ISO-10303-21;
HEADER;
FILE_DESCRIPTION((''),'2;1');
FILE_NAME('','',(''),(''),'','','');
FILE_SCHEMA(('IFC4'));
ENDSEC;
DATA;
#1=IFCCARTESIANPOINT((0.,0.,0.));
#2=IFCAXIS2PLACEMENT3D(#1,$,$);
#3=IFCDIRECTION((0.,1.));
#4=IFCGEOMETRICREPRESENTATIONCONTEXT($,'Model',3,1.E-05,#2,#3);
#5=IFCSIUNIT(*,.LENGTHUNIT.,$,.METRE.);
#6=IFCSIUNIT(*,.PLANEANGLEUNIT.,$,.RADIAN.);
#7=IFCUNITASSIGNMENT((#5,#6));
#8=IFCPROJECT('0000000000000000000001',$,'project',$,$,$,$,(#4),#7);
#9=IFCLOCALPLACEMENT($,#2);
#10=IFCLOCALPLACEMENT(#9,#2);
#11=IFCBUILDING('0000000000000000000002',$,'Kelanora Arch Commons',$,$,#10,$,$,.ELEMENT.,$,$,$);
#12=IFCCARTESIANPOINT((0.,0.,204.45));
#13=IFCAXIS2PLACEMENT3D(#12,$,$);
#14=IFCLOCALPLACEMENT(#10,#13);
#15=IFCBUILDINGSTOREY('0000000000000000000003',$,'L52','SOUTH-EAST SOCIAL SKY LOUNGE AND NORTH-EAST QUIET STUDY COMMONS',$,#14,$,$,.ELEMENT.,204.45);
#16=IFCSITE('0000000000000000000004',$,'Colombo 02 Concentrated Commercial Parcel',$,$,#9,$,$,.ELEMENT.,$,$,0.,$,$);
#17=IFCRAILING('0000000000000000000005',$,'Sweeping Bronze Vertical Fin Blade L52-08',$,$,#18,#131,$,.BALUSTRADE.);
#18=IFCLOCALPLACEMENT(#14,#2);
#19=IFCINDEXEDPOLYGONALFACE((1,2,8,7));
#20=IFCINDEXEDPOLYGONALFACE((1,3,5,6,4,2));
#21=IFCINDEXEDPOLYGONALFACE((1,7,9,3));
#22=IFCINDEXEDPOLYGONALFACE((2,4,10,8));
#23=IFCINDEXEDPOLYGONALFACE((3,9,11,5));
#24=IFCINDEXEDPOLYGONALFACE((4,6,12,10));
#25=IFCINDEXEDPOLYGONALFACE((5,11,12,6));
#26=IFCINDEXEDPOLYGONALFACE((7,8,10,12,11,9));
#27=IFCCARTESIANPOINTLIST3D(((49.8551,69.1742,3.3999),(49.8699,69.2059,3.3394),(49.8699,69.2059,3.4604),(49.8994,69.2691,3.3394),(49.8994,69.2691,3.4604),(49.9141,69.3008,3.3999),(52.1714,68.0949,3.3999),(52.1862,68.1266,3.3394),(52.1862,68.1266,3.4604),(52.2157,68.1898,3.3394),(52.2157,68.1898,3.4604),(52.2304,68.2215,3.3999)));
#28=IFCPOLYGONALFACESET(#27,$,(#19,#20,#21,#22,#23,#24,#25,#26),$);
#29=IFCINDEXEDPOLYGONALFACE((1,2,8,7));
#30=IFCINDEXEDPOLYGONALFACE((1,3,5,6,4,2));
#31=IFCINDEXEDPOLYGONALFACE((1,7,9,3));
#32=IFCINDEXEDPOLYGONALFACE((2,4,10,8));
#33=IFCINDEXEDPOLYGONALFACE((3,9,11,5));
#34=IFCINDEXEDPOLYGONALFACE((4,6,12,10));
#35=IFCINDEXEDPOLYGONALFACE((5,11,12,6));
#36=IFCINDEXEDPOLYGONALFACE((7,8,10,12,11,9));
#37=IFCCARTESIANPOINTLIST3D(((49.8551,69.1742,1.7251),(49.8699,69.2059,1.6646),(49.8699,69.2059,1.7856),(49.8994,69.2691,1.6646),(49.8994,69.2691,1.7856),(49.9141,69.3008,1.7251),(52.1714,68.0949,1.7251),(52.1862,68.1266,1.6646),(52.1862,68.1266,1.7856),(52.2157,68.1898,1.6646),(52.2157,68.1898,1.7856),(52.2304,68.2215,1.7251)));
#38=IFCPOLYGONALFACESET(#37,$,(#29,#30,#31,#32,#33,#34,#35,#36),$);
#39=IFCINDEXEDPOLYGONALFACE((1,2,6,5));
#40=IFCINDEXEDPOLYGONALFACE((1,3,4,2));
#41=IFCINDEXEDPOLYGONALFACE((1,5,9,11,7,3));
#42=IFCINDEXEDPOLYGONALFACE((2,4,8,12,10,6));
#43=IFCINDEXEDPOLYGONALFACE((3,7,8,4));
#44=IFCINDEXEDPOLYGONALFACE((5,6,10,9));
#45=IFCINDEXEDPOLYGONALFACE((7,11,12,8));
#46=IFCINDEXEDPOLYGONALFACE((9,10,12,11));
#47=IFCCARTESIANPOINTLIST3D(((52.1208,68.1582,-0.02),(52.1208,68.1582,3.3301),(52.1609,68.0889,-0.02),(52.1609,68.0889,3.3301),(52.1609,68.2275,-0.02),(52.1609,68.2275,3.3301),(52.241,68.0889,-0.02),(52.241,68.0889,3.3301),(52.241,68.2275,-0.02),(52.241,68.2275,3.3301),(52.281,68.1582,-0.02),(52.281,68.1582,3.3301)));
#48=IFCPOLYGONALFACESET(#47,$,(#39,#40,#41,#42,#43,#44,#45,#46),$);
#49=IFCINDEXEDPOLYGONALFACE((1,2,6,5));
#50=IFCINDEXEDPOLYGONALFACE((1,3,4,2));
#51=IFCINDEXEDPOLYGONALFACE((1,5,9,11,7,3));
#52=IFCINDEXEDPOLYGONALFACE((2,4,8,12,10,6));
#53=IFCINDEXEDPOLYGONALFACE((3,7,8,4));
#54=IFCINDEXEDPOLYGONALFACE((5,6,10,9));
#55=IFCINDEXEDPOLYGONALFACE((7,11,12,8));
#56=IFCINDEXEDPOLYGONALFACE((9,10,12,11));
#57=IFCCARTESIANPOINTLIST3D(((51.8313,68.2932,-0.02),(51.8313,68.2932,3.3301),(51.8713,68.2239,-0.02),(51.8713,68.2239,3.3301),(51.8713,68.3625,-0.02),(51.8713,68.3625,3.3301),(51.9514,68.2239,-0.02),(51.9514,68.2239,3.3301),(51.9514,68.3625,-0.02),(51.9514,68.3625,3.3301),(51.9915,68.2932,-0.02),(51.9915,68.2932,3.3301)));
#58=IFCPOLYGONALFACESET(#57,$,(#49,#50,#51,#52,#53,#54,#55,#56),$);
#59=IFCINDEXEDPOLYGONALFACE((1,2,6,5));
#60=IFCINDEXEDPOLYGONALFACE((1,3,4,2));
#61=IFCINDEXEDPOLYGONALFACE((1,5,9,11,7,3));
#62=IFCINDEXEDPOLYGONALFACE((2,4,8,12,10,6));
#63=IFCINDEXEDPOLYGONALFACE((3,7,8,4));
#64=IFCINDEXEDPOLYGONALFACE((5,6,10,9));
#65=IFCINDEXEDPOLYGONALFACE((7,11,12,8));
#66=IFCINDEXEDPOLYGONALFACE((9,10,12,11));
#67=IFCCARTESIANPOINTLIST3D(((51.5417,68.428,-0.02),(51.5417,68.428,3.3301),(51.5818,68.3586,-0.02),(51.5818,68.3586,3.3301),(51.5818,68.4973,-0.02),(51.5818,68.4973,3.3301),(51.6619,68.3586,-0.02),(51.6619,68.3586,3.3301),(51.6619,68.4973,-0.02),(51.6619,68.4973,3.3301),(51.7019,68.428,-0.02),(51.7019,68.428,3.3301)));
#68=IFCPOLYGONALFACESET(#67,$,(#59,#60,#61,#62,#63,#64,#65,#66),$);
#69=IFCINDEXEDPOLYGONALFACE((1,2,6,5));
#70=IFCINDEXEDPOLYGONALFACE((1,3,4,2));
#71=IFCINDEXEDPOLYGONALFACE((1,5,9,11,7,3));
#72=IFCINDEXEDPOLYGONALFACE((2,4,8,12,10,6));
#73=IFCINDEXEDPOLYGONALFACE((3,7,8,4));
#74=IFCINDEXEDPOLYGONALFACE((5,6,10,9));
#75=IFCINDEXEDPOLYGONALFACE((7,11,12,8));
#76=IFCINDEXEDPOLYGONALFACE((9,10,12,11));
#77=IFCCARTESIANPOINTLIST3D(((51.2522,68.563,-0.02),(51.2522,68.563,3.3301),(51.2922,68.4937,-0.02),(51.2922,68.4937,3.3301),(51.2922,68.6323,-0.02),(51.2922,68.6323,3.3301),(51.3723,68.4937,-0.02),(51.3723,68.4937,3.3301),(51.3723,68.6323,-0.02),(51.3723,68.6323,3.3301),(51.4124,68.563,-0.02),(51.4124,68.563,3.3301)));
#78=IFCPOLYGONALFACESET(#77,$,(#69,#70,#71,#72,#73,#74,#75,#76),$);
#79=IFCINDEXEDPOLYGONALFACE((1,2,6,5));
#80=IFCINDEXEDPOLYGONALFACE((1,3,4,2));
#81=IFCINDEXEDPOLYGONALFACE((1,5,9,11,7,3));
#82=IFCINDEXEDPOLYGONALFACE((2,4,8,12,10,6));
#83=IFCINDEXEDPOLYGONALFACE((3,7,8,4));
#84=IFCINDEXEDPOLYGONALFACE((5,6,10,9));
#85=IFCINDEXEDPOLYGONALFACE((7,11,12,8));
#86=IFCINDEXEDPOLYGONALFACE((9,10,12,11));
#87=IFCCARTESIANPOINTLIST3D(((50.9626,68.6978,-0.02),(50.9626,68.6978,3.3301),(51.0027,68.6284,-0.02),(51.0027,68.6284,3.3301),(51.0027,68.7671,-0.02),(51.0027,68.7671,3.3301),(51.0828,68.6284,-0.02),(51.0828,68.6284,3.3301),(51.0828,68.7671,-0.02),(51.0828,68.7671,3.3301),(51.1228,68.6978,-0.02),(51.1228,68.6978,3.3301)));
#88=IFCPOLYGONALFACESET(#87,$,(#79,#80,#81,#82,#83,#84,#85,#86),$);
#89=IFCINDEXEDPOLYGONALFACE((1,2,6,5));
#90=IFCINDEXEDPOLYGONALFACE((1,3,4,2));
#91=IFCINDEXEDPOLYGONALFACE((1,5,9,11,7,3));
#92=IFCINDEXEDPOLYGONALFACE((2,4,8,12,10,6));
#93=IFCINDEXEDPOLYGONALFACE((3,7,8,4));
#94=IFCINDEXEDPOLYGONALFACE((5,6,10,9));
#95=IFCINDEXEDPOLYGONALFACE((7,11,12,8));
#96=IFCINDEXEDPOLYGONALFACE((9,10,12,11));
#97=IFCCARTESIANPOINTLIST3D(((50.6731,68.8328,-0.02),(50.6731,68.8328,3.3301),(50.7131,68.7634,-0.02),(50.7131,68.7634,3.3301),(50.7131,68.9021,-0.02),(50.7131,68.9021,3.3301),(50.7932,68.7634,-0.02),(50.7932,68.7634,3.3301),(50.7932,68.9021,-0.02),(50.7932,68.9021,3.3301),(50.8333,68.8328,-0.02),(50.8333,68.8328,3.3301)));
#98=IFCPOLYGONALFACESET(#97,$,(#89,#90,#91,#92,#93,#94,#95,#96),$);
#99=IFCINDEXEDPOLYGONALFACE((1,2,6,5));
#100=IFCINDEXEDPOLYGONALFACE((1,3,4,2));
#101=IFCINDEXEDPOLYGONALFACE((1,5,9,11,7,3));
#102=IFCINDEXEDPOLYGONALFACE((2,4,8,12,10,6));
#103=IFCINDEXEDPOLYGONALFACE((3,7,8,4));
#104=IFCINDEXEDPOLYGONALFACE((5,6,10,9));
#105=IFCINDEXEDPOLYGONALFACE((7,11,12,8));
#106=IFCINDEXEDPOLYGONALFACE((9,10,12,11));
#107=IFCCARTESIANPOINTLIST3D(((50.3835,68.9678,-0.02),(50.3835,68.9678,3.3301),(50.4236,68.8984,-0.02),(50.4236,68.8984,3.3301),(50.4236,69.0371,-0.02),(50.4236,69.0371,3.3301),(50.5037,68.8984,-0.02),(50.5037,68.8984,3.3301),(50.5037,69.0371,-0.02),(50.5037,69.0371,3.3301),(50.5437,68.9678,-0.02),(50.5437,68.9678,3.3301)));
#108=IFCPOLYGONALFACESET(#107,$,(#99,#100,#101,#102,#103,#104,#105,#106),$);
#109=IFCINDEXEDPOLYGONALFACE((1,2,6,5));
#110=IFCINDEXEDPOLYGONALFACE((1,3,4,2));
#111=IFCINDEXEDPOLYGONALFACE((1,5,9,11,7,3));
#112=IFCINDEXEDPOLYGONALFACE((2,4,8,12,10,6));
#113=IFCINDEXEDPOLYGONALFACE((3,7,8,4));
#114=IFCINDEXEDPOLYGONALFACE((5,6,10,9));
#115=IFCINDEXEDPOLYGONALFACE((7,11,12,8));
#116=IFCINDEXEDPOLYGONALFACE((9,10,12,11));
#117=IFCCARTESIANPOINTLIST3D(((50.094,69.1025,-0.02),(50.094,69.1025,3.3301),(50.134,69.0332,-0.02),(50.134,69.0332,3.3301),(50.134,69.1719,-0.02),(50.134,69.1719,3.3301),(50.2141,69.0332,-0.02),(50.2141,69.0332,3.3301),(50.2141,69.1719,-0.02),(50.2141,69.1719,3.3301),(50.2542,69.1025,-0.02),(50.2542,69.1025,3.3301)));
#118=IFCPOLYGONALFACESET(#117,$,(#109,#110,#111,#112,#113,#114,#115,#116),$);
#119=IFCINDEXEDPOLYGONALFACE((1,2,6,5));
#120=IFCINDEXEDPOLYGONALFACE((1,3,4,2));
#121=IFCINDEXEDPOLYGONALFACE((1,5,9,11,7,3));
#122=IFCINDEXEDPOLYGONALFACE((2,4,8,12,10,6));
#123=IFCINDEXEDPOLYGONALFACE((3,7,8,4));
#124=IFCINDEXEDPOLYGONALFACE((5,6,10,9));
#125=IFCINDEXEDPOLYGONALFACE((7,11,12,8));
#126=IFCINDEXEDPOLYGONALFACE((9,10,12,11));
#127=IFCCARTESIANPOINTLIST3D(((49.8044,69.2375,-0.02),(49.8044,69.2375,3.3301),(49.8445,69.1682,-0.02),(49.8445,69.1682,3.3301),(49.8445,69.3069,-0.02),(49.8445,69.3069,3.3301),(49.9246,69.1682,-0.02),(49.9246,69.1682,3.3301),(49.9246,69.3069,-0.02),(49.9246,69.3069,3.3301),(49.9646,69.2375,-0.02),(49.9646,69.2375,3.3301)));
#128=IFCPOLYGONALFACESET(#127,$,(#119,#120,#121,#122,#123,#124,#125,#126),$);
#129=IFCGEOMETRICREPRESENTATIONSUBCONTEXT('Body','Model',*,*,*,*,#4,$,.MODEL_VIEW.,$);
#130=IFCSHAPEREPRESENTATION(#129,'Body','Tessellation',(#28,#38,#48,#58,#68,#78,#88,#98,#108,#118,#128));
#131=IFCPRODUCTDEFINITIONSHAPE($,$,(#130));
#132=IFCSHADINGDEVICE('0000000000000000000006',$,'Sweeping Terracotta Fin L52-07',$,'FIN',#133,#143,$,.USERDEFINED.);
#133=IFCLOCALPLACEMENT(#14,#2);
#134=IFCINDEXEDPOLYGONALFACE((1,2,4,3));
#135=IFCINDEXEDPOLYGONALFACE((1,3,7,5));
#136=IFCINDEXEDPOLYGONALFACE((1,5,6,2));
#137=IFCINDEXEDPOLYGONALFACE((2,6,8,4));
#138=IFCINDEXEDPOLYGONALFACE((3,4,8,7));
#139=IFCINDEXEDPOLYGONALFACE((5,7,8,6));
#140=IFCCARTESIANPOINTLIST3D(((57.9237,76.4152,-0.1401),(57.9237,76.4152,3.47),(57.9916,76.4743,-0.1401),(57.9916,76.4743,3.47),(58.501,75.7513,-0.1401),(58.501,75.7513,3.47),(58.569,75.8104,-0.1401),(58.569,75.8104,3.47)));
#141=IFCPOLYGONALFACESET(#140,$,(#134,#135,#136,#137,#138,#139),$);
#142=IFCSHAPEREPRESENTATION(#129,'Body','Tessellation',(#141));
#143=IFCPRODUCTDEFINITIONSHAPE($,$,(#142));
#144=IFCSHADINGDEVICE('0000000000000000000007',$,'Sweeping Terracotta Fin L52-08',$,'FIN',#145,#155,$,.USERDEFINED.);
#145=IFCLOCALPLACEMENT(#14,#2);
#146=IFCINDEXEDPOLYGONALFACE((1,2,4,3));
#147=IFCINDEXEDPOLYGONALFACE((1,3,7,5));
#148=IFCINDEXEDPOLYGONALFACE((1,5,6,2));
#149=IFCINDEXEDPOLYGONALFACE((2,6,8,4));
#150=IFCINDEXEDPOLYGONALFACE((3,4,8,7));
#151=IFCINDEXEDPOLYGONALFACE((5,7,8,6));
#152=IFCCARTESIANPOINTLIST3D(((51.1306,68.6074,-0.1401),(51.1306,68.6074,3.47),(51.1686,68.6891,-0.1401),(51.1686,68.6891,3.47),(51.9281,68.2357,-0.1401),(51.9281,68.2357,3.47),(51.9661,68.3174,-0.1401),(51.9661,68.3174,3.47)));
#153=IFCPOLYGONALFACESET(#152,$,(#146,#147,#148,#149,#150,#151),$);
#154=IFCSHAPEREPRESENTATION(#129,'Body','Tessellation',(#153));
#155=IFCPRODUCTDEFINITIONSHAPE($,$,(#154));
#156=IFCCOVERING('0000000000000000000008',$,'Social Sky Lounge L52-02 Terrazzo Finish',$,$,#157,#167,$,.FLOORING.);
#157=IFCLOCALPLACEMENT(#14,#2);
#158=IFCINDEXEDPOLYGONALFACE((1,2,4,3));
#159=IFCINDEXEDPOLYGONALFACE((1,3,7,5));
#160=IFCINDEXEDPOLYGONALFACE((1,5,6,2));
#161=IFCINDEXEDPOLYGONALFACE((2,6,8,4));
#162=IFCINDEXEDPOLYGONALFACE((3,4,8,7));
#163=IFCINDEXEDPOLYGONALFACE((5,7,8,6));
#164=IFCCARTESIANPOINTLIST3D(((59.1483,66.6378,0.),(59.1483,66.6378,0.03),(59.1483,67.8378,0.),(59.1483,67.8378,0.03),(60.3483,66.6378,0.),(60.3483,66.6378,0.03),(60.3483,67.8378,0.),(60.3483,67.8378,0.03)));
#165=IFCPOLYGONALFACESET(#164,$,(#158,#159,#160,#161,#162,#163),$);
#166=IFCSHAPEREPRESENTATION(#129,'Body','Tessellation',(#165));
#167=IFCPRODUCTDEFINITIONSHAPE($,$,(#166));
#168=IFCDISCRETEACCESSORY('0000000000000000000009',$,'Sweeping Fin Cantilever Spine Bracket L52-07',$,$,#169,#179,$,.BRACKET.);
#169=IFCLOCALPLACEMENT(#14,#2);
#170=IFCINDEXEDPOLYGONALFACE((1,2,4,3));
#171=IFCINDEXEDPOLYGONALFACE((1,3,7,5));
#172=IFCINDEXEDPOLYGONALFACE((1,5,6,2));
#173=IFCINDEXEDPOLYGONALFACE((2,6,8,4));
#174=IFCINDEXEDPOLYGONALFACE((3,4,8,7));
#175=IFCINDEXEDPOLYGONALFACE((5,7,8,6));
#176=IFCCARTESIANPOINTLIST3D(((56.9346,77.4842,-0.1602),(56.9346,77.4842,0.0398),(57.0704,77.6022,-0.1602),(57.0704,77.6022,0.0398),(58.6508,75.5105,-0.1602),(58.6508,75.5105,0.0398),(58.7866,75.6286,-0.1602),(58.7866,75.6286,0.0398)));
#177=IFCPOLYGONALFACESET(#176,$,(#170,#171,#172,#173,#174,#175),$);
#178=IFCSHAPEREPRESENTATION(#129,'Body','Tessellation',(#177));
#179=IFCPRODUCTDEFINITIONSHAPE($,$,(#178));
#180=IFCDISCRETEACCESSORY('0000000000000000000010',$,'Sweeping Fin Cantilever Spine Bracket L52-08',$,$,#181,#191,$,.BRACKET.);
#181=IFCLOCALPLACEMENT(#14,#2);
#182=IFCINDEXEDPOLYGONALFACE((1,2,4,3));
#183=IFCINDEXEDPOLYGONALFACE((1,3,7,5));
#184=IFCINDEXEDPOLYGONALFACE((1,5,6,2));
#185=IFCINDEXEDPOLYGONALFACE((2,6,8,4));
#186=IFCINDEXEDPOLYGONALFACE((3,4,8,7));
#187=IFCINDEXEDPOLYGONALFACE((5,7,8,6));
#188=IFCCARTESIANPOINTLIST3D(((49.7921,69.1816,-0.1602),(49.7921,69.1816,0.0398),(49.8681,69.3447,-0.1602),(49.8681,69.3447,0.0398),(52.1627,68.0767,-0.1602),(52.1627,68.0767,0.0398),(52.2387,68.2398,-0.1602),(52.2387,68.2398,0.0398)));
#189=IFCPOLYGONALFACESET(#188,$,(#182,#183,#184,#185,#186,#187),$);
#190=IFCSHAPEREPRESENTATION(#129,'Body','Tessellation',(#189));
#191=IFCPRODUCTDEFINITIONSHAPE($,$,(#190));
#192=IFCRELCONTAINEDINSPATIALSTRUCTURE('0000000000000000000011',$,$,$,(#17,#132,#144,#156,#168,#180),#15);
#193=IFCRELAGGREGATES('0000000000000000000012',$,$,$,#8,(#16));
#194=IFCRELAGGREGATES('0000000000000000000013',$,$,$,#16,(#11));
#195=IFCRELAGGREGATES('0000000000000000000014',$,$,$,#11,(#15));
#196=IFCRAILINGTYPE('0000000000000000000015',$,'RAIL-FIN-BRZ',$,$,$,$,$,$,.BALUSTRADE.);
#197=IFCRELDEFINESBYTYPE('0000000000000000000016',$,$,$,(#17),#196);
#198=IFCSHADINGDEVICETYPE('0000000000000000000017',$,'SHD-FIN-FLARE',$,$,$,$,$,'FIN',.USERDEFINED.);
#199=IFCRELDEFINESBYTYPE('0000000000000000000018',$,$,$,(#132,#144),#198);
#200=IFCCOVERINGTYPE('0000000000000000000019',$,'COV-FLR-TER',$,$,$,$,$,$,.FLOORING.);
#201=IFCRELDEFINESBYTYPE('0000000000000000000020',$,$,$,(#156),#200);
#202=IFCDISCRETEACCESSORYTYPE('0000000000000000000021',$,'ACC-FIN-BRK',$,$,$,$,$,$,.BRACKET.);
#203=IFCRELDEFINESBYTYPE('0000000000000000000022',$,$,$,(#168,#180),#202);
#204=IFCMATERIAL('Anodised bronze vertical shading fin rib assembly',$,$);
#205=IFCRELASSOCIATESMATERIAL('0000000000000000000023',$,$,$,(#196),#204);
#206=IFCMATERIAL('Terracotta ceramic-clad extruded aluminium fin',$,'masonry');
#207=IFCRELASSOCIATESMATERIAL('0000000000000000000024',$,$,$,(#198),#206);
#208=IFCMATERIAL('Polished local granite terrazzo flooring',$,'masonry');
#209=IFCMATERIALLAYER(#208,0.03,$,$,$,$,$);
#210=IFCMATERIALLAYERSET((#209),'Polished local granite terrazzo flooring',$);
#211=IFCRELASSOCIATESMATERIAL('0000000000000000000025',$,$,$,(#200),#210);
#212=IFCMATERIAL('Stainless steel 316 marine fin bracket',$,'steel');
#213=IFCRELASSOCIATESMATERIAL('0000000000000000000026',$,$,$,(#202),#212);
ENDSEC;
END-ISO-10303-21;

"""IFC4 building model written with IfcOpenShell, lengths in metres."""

from ifc_helpers import new_model, si_unit, direction, frame, origin, origin_2d, place, context, subcontext, project, spatial, polyline, rectangle, outline, extrude, source, transform, mapped, material, layer, layer_set, type_object, element, save


model = new_model("IFC4")

# Units and contexts
model_context = context("Model", 3, precision=1e-05, world=origin(), true_north=direction((0.0, 1.0)))
body_context = subcontext(model_context, "Body", "Model", "MODEL_VIEW")
ifc_project = project(units=[si_unit("LENGTHUNIT", "METRE"), si_unit("PLANEANGLEUNIT", "RADIAN")], contexts=[model_context])

# Site, building, storey
site_placement = place(None, origin())
site = spatial("IfcSite", under=ifc_project, at=site_placement, Name="Colombo 02 Concentrated Commercial Parcel", CompositionType="ELEMENT", RefElevation=0.0)
building_placement = place(site_placement, origin())
building = spatial("IfcBuilding", under=site, at=building_placement, Name="Kelanora Arch Commons", CompositionType="ELEMENT")
storey_placement = place(building_placement, frame((0.0, 0.0, 204.45)))
storey = spatial("IfcBuildingStorey", under=building, at=storey_placement, Name="L52", Description="SOUTH-EAST SOCIAL SKY LOUNGE AND NORTH-EAST QUIET STUDY COMMONS", CompositionType="ELEMENT", Elevation=204.45)

# Railing
ifc_material_1 = material(Name="Anodised bronze vertical shading fin rib assembly")
railing_type = type_object("IfcRailingType", Name="RAIL-FIN-BRZ", PredefinedType="BALUSTRADE", material=ifc_material_1)
railing_1_placement = place(storey_placement, frame((52.2009, 68.1582, -0.02)))
element("IfcRailing", 1, at=railing_1_placement, inside=storey, type_object=railing_type, Name="Sweeping Bronze Vertical Fin Blade L52-08", PredefinedType="BALUSTRADE", context=body_context, shape_type="SweptSolid", body=[
    extrude(outline(polyline([(0.0698, 0.0), (0.0349, 0.0605), (-0.0349, 0.0605), (-0.0698, 0.0), (-0.0349, -0.0605), (0.0349, -0.0605), (0.0698, 0.0)])), frame((0.0, 0.0, 3.4199), z_axis=(-0.906429, 0.422357, 0.0), x_axis=(-0.422357, -0.906429, 0.0)), (0.0, 0.0, 1.0), 2.5554),
    extrude(outline(polyline([(0.0698, 0.0), (0.0349, 0.0605), (-0.0349, 0.0605), (-0.0698, 0.0), (-0.0349, -0.0605), (0.0349, -0.0605), (0.0698, 0.0)])), frame((0.0, 0.0, 1.7451), z_axis=(-0.906429, 0.422357, 0.0), x_axis=(-0.422357, -0.906429, 0.0)), (0.0, 0.0, 1.0), 2.5554),
    extrude(outline(polyline([(0.0801, 0.0), (0.04, 0.0693), (-0.04, 0.0693), (-0.0801, 0.0), (-0.04, -0.0693), (0.04, -0.0693), (0.0801, 0.0)])), origin(), (0.0, 0.0, 1.0), 3.3501),
    extrude(outline(polyline([(0.0801, 0.0), (0.04, 0.0693), (-0.04, 0.0693), (-0.0801, 0.0), (-0.04, -0.0693), (0.04, -0.0693), (0.0801, 0.0)])), frame((-0.2896, 0.135, 0.0)), (0.0, 0.0, 1.0), 3.3501),
    extrude(outline(polyline([(0.0801, 0.0), (0.04, 0.0693), (-0.04, 0.0693), (-0.0801, 0.0), (-0.04, -0.0693), (0.04, -0.0693), (0.0801, 0.0)])), frame((-0.5791, 0.2698, 0.0)), (0.0, 0.0, 1.0), 3.3501),
    extrude(outline(polyline([(0.0801, 0.0), (0.04, 0.0693), (-0.04, 0.0693), (-0.0801, 0.0), (-0.04, -0.0693), (0.04, -0.0693), (0.0801, 0.0)])), frame((-0.8687, 0.4048, 0.0)), (0.0, 0.0, 1.0), 3.3501),
    extrude(outline(polyline([(0.0801, 0.0), (0.04, 0.0693), (-0.04, 0.0693), (-0.0801, 0.0), (-0.04, -0.0693), (0.04, -0.0693), (0.0801, 0.0)])), frame((-1.1582, 0.5396, 0.0)), (0.0, 0.0, 1.0), 3.3501),
    extrude(outline(polyline([(0.0801, 0.0), (0.04, 0.0693), (-0.04, 0.0693), (-0.0801, 0.0), (-0.04, -0.0693), (0.04, -0.0693), (0.0801, 0.0)])), frame((-1.4478, 0.6746, 0.0)), (0.0, 0.0, 1.0), 3.3501),
    extrude(outline(polyline([(0.0801, 0.0), (0.04, 0.0693), (-0.04, 0.0693), (-0.0801, 0.0), (-0.04, -0.0693), (0.04, -0.0693), (0.0801, 0.0)])), frame((-1.7373, 0.8096, 0.0)), (0.0, 0.0, 1.0), 3.3501),
    extrude(outline(polyline([(0.0801, 0.0), (0.04, 0.0693), (-0.04, 0.0693), (-0.0801, 0.0), (-0.04, -0.0693), (0.04, -0.0693), (0.0801, 0.0)])), frame((-2.0269, 0.9443, 0.0)), (0.0, 0.0, 1.0), 3.3501),
    extrude(outline(polyline([(0.0801, 0.0), (0.04, 0.0693), (-0.04, 0.0693), (-0.0801, 0.0), (-0.04, -0.0693), (0.04, -0.0693), (0.0801, 0.0)])), frame((-2.3164, 1.0793, 0.0)), (0.0, 0.0, 1.0), 3.3501),
])

# Shading devices
ifc_material_2 = material(Name="Terracotta ceramic-clad extruded aluminium fin", Category="masonry")
shading_device_type = type_object("IfcShadingDeviceType", Name="SHD-FIN-FLARE", ElementType="FIN", PredefinedType="USERDEFINED", material=ifc_material_2)
shared_shape_1 = source(origin(), body_context, "Body", "SweptSolid", [
    extrude(rectangle(XDim=0.8799, YDim=0.0901, at=origin_2d()), origin(), (0.0, 0.0, 1.0), 3.6101),
])
for number, where, z_axis, x_axis, name in (
    (2, (58.2463, 76.1128, -0.1401), (0.0, 0.0, 1.0), (-0.656191, 0.754595, 0.0), "Sweeping Terracotta Fin L52-07"),
    (3, (51.5483, 68.4624, -0.1401), (0.0, 0.0, 1.0), (-0.906382, 0.42246, 0.0), "Sweeping Terracotta Fin L52-08"),
):
    element("IfcShadingDevice", number, at=place(storey_placement, frame(where, z_axis=z_axis, x_axis=x_axis)), inside=storey, type_object=shading_device_type, Name=name, ObjectType="FIN", PredefinedType="USERDEFINED", context=body_context, shape_type="MappedRepresentation", body=[
        mapped(shared_shape_1, transform((0.0, 0.0, 0.0), scale=1.0)),
    ])

# Covering
ifc_material_3 = material(Name="Polished local granite terrazzo flooring", Category="masonry")
ifc_layer_1 = layer(ifc_material_3, 0.03)
ifc_layer_set_1 = layer_set([ifc_layer_1], Name="Polished local granite terrazzo flooring")
covering_type = type_object("IfcCoveringType", Name="COV-FLR-TER", PredefinedType="FLOORING", material=ifc_layer_set_1)
shared_shape_2 = source(origin(), body_context, "Body", "SweptSolid", [
    extrude(rectangle(XDim=1.2, YDim=1.2, at=origin_2d()), origin(), (0.0, 0.0, 1.0), 0.03),
])
covering_placement = place(storey_placement, frame((59.7483, 67.2378, 0.0), z_axis=(0.0, 0.0, 1.0), x_axis=(1.0, 0.0, 0.0)))
element("IfcCovering", 4, at=covering_placement, inside=storey, type_object=covering_type, Name="Social Sky Lounge L52-02 Terrazzo Finish", PredefinedType="FLOORING", context=body_context, shape_type="MappedRepresentation", body=[
    mapped(shared_shape_2, transform((0.0, 0.0, 0.0), scale=1.0)),
])

# Discrete accessories
ifc_material_4 = material(Name="Stainless steel 316 marine fin bracket", Category="steel")
discrete_accessory_type = type_object("IfcDiscreteAccessoryType", Name="ACC-FIN-BRK", PredefinedType="BRACKET", material=ifc_material_4)
shared_shape_3 = source(origin(), body_context, "Body", "SweptSolid", [
    extrude(rectangle(XDim=2.6155, YDim=0.1799, at=origin_2d()), origin(), (0.0, 0.0, 1.0), 0.2),
])
for number, where, z_axis, x_axis, name in (
    (5, (57.8606, 76.5564, -0.1602), (0.0, 0.0, 1.0), (-0.656191, 0.754595, 0.0), "Sweeping Fin Cantilever Spine Bracket L52-07"),
    (6, (51.0154, 68.7107, -0.1602), (0.0, 0.0, 1.0), (-0.906382, 0.42246, 0.0), "Sweeping Fin Cantilever Spine Bracket L52-08"),
):
    element("IfcDiscreteAccessory", number, at=place(storey_placement, frame(where, z_axis=z_axis, x_axis=x_axis)), inside=storey, type_object=discrete_accessory_type, Name=name, PredefinedType="BRACKET", context=body_context, shape_type="MappedRepresentation", body=[
        mapped(shared_shape_3, transform((0.0, 0.0, 0.0), scale=1.0)),
    ])

save(model, "model.ifc")
